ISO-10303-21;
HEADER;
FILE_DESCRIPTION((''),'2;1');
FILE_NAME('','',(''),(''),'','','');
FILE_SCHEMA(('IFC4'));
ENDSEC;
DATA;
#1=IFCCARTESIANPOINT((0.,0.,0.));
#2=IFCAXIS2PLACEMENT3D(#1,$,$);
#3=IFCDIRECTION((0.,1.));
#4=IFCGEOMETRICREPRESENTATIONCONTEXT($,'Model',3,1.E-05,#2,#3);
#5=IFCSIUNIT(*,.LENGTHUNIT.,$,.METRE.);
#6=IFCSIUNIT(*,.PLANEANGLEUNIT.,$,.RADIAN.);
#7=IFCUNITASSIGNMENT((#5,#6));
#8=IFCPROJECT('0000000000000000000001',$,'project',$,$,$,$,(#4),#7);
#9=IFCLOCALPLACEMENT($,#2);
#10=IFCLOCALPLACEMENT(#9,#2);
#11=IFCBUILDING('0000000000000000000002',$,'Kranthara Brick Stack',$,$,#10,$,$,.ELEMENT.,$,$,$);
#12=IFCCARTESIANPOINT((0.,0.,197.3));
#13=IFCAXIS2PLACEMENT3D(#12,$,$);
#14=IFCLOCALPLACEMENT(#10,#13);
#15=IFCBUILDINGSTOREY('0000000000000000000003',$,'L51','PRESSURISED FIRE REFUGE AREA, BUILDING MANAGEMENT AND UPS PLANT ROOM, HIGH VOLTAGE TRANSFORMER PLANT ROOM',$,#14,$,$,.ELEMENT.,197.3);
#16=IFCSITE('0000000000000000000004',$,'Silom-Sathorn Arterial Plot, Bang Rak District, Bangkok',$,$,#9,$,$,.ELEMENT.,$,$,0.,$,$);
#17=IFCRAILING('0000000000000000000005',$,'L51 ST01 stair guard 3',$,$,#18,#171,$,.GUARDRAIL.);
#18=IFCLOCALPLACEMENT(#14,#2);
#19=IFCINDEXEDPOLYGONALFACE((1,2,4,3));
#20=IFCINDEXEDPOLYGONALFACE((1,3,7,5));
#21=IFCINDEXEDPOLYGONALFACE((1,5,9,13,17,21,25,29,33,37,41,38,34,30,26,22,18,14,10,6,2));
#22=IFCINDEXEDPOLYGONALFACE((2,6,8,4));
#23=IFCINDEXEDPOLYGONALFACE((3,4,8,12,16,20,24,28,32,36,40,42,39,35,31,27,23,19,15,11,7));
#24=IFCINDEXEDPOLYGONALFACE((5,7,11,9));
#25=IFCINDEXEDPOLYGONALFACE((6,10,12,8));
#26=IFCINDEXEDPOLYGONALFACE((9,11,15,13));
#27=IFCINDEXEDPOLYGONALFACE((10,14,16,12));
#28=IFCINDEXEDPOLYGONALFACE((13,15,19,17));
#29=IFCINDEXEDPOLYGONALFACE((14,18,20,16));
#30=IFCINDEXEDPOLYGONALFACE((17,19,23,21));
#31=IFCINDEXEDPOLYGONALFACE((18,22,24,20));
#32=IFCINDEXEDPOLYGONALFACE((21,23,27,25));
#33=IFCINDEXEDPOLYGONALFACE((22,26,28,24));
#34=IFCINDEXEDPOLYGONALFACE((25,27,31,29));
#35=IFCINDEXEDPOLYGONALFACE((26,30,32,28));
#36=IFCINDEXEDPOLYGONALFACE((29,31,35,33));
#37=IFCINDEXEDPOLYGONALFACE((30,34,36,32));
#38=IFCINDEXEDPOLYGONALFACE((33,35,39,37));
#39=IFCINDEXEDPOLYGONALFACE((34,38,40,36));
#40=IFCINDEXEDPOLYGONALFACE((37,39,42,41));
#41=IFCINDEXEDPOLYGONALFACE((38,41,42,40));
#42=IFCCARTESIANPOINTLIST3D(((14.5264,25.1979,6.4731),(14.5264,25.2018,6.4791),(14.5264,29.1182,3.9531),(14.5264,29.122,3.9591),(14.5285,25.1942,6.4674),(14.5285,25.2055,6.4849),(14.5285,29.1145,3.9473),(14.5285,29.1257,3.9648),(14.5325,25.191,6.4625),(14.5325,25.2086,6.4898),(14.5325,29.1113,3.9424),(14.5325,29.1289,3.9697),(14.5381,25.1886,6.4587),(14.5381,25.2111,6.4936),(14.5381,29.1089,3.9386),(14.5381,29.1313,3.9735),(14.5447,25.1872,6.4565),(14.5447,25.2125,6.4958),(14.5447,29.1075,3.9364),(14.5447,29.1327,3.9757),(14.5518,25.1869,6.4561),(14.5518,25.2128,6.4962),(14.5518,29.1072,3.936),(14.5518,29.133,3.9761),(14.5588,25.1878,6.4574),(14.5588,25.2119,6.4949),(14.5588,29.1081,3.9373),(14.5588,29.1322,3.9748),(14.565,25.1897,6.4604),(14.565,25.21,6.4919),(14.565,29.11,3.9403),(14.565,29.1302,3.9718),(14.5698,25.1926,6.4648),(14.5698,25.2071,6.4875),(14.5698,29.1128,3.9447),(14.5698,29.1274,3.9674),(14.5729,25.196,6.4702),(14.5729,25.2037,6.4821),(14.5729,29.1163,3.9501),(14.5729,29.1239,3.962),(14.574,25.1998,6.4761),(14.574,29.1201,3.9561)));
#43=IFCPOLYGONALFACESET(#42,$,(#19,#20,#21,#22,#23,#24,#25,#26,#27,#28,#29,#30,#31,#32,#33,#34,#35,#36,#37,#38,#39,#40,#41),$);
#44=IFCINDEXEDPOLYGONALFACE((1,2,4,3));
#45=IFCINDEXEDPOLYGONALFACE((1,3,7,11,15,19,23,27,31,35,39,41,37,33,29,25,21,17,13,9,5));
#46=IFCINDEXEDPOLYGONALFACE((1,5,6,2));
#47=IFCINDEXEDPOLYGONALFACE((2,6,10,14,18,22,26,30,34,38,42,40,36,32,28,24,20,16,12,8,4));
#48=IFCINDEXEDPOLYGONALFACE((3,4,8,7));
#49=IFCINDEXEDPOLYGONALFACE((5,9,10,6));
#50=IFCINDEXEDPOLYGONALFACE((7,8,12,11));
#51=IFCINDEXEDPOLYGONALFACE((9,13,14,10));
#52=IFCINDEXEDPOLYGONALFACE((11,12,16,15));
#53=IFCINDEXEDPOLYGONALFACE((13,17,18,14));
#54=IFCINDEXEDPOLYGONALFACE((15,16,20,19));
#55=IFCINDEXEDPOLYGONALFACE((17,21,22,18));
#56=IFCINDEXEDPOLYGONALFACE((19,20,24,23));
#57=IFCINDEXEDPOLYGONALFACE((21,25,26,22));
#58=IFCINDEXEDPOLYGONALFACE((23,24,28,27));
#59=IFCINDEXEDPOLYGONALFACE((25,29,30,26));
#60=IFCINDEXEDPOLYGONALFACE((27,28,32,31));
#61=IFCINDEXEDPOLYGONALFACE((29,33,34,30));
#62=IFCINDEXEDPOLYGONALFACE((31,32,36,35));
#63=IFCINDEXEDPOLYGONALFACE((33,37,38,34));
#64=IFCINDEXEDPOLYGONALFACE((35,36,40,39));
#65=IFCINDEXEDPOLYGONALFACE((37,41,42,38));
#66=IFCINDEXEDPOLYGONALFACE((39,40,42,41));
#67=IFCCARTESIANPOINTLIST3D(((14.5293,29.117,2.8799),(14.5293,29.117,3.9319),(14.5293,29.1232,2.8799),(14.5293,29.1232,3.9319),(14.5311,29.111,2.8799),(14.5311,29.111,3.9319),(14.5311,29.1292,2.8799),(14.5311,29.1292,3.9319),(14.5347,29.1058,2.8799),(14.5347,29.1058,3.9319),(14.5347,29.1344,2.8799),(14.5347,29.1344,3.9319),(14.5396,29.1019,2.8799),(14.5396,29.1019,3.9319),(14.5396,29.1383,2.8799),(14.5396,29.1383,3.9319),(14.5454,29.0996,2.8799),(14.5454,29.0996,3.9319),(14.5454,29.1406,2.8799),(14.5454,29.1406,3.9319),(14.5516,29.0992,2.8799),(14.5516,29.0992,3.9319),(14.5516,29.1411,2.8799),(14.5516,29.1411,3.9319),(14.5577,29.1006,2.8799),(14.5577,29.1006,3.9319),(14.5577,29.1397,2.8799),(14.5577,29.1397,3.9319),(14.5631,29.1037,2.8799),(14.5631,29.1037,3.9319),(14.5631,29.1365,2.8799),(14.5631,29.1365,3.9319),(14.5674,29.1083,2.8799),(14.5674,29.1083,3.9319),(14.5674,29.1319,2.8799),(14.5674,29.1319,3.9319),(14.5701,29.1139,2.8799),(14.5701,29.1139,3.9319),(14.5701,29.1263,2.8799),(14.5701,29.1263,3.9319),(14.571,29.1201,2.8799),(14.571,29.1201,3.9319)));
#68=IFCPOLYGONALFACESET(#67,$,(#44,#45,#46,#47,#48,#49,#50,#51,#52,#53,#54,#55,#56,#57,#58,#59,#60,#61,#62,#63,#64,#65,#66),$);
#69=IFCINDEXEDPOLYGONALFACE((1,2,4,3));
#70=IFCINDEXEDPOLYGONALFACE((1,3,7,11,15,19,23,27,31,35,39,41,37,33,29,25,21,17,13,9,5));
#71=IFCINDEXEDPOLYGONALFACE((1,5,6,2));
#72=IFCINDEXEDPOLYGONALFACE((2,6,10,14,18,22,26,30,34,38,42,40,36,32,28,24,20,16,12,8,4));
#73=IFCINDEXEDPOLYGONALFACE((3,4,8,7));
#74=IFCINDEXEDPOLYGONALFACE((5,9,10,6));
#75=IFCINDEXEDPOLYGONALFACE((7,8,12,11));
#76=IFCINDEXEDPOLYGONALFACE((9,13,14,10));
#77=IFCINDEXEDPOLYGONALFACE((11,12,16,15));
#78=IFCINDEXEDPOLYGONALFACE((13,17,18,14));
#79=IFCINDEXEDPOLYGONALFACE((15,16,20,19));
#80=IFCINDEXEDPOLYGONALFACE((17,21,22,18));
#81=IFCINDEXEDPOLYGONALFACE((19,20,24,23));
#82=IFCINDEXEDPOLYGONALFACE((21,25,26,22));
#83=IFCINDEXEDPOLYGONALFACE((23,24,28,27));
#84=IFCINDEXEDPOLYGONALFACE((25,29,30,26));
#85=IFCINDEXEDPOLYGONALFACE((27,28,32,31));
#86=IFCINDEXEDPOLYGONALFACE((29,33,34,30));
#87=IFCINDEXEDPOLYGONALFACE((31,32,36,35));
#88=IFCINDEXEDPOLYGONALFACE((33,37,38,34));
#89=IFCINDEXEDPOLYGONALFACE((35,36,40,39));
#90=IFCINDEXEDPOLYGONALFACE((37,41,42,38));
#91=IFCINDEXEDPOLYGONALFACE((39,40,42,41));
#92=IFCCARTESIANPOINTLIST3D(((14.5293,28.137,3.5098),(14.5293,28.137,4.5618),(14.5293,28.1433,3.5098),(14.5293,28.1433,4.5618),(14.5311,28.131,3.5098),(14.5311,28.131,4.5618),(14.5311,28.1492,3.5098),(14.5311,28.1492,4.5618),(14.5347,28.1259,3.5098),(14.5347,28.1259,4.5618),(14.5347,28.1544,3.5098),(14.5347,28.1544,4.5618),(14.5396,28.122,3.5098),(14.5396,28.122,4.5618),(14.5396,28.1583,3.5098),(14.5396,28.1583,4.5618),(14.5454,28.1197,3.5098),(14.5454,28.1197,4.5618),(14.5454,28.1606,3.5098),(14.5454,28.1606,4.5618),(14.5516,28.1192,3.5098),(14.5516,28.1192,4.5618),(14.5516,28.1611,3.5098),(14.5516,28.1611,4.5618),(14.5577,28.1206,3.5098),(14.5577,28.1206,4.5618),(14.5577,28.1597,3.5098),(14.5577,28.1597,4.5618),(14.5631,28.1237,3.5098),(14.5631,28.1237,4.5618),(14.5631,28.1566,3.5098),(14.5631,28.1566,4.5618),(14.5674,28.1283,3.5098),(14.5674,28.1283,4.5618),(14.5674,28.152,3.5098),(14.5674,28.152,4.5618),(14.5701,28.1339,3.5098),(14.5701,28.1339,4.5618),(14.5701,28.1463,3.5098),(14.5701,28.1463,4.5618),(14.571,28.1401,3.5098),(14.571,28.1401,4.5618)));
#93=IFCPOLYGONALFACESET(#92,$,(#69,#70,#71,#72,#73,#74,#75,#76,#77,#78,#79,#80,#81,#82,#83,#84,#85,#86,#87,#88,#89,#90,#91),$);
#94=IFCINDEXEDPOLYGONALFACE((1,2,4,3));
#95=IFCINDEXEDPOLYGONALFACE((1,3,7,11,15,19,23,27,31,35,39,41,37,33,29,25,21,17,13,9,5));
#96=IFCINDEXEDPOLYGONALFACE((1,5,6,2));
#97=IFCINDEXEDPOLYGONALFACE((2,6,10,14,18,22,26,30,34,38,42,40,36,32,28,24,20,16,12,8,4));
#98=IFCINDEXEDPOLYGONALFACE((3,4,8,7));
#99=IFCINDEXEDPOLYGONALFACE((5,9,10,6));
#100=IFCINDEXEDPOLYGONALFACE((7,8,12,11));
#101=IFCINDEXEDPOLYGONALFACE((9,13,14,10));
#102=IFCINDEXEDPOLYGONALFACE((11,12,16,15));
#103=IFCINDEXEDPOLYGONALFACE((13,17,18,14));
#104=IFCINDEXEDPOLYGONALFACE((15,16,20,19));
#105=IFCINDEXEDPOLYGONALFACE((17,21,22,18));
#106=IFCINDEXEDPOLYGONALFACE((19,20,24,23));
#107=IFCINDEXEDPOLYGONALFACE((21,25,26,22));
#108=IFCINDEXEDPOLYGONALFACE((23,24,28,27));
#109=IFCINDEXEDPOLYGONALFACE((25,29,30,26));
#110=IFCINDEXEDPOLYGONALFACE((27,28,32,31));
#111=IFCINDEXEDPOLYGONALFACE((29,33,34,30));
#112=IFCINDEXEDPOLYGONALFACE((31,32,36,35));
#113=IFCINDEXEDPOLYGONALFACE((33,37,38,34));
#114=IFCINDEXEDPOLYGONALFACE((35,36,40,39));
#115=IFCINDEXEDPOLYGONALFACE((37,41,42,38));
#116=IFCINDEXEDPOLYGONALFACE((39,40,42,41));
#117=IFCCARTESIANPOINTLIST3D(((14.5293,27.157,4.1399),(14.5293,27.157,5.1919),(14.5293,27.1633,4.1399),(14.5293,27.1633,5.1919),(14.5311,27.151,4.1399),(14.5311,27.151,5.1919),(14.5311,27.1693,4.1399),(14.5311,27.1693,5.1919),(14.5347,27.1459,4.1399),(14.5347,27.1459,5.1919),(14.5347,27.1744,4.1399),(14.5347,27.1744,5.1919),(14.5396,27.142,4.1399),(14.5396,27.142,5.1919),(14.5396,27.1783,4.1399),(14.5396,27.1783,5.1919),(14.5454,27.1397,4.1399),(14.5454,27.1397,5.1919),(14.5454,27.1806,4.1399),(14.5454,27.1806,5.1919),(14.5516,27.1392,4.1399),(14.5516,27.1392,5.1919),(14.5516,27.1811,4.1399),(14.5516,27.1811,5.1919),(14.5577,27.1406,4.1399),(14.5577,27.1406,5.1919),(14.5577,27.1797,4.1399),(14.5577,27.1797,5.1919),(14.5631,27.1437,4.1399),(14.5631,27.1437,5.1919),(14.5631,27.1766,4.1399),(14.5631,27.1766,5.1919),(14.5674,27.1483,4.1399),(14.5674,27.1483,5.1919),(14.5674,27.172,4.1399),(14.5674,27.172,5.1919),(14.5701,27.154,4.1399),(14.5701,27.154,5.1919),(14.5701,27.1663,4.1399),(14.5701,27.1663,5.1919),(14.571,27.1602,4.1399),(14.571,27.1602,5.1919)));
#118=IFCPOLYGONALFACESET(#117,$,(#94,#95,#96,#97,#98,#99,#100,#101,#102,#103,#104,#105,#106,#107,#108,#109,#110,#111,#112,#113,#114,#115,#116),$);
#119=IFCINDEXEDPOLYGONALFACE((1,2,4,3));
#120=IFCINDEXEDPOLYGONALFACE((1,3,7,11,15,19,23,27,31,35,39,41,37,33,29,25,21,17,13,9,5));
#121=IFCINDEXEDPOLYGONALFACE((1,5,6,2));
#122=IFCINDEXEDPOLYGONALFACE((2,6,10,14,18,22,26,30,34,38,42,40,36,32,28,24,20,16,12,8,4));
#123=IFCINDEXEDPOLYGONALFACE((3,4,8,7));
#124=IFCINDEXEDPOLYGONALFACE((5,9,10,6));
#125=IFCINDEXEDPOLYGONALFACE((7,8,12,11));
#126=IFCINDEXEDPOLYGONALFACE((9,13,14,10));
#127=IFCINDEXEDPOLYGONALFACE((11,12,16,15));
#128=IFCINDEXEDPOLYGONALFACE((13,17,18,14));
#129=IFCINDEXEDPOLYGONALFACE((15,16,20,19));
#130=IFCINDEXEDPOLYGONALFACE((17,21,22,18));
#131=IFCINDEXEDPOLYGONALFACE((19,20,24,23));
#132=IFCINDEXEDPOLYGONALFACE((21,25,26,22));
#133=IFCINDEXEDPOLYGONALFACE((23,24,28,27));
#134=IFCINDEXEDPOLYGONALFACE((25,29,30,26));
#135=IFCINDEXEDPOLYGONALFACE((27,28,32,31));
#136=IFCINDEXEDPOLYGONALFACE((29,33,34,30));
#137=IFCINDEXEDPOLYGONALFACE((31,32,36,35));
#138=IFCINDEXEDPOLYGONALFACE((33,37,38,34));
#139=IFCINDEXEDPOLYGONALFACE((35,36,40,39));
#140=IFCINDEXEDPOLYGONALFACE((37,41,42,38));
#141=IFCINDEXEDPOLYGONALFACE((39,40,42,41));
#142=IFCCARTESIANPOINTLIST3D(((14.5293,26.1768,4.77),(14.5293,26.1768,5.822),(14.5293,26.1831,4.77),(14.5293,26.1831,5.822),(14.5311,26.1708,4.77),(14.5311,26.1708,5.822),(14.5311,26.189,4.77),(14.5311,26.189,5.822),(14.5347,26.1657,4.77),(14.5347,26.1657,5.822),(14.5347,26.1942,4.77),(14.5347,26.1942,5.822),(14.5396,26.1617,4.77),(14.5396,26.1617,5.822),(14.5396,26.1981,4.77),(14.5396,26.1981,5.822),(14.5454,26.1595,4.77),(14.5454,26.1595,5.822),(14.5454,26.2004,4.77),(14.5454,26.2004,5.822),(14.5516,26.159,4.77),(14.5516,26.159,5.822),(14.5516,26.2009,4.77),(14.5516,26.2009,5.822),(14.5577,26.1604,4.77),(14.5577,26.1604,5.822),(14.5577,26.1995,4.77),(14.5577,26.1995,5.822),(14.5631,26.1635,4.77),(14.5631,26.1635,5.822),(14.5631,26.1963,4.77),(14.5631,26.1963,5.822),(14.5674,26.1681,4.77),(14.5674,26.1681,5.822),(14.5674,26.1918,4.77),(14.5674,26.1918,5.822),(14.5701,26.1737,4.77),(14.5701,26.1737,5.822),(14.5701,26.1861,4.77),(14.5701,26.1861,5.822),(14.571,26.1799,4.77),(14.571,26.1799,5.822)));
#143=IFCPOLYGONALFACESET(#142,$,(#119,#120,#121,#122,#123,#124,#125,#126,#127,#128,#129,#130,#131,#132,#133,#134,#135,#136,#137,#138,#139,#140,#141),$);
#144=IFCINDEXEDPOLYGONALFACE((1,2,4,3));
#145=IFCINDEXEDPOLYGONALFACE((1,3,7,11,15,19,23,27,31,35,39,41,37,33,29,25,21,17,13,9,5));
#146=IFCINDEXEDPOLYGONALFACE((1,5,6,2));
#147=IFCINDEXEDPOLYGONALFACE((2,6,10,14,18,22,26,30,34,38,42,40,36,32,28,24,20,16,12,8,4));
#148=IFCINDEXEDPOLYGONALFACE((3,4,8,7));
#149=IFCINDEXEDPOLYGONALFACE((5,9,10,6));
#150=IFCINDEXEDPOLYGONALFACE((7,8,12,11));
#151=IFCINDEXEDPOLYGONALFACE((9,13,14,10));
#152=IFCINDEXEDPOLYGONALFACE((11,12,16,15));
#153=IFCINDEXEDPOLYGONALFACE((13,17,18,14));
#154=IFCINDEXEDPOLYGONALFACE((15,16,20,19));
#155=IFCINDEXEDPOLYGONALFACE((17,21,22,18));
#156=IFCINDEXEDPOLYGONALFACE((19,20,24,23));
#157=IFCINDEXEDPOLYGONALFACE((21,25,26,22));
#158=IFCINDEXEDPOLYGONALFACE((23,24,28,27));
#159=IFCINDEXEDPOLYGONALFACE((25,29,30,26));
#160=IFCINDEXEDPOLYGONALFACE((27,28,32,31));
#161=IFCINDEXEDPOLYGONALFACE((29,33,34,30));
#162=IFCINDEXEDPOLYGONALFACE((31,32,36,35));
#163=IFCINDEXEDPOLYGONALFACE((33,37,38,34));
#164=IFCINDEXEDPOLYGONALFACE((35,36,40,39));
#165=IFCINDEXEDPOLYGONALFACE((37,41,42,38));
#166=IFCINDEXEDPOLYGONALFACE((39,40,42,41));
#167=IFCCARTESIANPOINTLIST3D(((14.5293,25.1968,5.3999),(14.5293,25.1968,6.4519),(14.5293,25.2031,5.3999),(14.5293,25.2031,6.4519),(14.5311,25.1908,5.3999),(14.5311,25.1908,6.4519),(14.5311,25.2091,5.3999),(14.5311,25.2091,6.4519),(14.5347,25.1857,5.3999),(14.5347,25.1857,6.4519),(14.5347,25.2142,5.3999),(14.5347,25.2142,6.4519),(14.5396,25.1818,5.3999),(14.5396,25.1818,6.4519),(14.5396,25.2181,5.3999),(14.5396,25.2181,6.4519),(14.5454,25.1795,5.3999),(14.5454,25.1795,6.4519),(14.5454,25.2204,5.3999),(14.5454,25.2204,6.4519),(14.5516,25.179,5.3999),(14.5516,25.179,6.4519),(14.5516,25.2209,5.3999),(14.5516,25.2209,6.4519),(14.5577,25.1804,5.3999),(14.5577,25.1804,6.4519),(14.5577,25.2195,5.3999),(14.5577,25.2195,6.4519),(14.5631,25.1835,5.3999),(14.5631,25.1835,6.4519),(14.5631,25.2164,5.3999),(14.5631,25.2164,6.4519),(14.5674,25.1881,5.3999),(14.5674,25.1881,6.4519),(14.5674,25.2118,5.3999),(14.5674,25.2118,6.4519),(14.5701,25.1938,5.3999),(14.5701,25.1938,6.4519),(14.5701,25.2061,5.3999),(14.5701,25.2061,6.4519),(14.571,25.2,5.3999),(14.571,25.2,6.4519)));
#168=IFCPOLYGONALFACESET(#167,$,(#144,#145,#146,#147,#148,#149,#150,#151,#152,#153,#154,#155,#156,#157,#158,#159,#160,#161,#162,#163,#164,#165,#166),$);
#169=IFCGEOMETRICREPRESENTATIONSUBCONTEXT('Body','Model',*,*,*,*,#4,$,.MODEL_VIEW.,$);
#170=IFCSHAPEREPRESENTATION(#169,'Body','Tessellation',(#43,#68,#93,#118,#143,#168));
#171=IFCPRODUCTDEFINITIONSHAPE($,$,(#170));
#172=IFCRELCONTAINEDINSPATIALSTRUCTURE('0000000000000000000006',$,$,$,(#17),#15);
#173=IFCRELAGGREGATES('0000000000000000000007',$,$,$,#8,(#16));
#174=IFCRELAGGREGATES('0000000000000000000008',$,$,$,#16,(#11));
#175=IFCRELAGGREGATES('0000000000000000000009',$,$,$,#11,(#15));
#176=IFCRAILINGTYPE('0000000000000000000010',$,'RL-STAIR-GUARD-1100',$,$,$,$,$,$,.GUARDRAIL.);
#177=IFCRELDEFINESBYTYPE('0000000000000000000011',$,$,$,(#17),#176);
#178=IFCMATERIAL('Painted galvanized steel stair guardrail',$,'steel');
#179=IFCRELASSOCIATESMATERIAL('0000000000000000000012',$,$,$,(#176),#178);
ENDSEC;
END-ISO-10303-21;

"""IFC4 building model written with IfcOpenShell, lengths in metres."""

from ifc_helpers import new_model, si_unit, direction, frame, origin, origin_2d, place, context, subcontext, project, spatial, circle, extrude, material, type_object, element, save


model = new_model("IFC4")

# Units and contexts
model_context = context("Model", 3, precision=1e-05, world=origin(), true_north=direction((0.0, 1.0)))
body_context = subcontext(model_context, "Body", "Model", "MODEL_VIEW")
ifc_project = project(units=[si_unit("LENGTHUNIT", "METRE"), si_unit("PLANEANGLEUNIT", "RADIAN")], contexts=[model_context])

# Site, building, storey
site_placement = place(None, origin())
site = spatial("IfcSite", under=ifc_project, at=site_placement, Name="Silom-Sathorn Arterial Plot, Bang Rak District, Bangkok", CompositionType="ELEMENT", RefElevation=0.0)
building_placement = place(site_placement, origin())
building = spatial("IfcBuilding", under=site, at=building_placement, Name="Kranthara Brick Stack", CompositionType="ELEMENT")
storey_placement = place(building_placement, frame((0.0, 0.0, 197.3)))
storey = spatial("IfcBuildingStorey", under=building, at=storey_placement, Name="L51", Description="PRESSURISED FIRE REFUGE AREA, BUILDING MANAGEMENT AND UPS PLANT ROOM, HIGH VOLTAGE TRANSFORMER PLANT ROOM", CompositionType="ELEMENT", Elevation=197.3)

# Railing
ifc_material_1 = material(Name="Painted galvanized steel stair guardrail", Category="steel")
railing_type_1 = type_object("IfcRailingType", Name="RL-STAIR-GUARD-1100", PredefinedType="GUARDRAIL", material=ifc_material_1)
railing_1_placement = place(storey_placement, frame((14.55, 29.1201, 2.8799)))
element("IfcRailing", 1, at=railing_1_placement, inside=storey, type_object=railing_type_1, Name="L51 ST01 stair guard 3", PredefinedType="GUARDRAIL", context=body_context, shape_type="SweptSolid", body=[
    extrude(circle(Radius=0.0239, at=origin_2d()), frame((0.0, 0.0, 1.0762), z_axis=(0.0, -0.841187, 0.540744), x_axis=(1.0, 0.0, 0.0)), (0.0, 0.0, 1.0), 4.6604),
    extrude(circle(Radius=0.021, at=origin_2d()), origin(), (0.0, 0.0, 1.0), 1.052),
    extrude(circle(Radius=0.021, at=origin_2d()), frame((0.0, -0.98, 0.6299)), (0.0, 0.0, 1.0), 1.052),
    extrude(circle(Radius=0.021, at=origin_2d()), frame((0.0, -1.96, 1.26)), (0.0, 0.0, 1.0), 1.052),
    extrude(circle(Radius=0.021, at=origin_2d()), frame((0.0, -2.9402, 1.8901)), (0.0, 0.0, 1.0), 1.052),
    extrude(circle(Radius=0.021, at=origin_2d()), frame((0.0, -3.9202, 2.52)), (0.0, 0.0, 1.0), 1.052),
])

save(model, "model.ifc")
